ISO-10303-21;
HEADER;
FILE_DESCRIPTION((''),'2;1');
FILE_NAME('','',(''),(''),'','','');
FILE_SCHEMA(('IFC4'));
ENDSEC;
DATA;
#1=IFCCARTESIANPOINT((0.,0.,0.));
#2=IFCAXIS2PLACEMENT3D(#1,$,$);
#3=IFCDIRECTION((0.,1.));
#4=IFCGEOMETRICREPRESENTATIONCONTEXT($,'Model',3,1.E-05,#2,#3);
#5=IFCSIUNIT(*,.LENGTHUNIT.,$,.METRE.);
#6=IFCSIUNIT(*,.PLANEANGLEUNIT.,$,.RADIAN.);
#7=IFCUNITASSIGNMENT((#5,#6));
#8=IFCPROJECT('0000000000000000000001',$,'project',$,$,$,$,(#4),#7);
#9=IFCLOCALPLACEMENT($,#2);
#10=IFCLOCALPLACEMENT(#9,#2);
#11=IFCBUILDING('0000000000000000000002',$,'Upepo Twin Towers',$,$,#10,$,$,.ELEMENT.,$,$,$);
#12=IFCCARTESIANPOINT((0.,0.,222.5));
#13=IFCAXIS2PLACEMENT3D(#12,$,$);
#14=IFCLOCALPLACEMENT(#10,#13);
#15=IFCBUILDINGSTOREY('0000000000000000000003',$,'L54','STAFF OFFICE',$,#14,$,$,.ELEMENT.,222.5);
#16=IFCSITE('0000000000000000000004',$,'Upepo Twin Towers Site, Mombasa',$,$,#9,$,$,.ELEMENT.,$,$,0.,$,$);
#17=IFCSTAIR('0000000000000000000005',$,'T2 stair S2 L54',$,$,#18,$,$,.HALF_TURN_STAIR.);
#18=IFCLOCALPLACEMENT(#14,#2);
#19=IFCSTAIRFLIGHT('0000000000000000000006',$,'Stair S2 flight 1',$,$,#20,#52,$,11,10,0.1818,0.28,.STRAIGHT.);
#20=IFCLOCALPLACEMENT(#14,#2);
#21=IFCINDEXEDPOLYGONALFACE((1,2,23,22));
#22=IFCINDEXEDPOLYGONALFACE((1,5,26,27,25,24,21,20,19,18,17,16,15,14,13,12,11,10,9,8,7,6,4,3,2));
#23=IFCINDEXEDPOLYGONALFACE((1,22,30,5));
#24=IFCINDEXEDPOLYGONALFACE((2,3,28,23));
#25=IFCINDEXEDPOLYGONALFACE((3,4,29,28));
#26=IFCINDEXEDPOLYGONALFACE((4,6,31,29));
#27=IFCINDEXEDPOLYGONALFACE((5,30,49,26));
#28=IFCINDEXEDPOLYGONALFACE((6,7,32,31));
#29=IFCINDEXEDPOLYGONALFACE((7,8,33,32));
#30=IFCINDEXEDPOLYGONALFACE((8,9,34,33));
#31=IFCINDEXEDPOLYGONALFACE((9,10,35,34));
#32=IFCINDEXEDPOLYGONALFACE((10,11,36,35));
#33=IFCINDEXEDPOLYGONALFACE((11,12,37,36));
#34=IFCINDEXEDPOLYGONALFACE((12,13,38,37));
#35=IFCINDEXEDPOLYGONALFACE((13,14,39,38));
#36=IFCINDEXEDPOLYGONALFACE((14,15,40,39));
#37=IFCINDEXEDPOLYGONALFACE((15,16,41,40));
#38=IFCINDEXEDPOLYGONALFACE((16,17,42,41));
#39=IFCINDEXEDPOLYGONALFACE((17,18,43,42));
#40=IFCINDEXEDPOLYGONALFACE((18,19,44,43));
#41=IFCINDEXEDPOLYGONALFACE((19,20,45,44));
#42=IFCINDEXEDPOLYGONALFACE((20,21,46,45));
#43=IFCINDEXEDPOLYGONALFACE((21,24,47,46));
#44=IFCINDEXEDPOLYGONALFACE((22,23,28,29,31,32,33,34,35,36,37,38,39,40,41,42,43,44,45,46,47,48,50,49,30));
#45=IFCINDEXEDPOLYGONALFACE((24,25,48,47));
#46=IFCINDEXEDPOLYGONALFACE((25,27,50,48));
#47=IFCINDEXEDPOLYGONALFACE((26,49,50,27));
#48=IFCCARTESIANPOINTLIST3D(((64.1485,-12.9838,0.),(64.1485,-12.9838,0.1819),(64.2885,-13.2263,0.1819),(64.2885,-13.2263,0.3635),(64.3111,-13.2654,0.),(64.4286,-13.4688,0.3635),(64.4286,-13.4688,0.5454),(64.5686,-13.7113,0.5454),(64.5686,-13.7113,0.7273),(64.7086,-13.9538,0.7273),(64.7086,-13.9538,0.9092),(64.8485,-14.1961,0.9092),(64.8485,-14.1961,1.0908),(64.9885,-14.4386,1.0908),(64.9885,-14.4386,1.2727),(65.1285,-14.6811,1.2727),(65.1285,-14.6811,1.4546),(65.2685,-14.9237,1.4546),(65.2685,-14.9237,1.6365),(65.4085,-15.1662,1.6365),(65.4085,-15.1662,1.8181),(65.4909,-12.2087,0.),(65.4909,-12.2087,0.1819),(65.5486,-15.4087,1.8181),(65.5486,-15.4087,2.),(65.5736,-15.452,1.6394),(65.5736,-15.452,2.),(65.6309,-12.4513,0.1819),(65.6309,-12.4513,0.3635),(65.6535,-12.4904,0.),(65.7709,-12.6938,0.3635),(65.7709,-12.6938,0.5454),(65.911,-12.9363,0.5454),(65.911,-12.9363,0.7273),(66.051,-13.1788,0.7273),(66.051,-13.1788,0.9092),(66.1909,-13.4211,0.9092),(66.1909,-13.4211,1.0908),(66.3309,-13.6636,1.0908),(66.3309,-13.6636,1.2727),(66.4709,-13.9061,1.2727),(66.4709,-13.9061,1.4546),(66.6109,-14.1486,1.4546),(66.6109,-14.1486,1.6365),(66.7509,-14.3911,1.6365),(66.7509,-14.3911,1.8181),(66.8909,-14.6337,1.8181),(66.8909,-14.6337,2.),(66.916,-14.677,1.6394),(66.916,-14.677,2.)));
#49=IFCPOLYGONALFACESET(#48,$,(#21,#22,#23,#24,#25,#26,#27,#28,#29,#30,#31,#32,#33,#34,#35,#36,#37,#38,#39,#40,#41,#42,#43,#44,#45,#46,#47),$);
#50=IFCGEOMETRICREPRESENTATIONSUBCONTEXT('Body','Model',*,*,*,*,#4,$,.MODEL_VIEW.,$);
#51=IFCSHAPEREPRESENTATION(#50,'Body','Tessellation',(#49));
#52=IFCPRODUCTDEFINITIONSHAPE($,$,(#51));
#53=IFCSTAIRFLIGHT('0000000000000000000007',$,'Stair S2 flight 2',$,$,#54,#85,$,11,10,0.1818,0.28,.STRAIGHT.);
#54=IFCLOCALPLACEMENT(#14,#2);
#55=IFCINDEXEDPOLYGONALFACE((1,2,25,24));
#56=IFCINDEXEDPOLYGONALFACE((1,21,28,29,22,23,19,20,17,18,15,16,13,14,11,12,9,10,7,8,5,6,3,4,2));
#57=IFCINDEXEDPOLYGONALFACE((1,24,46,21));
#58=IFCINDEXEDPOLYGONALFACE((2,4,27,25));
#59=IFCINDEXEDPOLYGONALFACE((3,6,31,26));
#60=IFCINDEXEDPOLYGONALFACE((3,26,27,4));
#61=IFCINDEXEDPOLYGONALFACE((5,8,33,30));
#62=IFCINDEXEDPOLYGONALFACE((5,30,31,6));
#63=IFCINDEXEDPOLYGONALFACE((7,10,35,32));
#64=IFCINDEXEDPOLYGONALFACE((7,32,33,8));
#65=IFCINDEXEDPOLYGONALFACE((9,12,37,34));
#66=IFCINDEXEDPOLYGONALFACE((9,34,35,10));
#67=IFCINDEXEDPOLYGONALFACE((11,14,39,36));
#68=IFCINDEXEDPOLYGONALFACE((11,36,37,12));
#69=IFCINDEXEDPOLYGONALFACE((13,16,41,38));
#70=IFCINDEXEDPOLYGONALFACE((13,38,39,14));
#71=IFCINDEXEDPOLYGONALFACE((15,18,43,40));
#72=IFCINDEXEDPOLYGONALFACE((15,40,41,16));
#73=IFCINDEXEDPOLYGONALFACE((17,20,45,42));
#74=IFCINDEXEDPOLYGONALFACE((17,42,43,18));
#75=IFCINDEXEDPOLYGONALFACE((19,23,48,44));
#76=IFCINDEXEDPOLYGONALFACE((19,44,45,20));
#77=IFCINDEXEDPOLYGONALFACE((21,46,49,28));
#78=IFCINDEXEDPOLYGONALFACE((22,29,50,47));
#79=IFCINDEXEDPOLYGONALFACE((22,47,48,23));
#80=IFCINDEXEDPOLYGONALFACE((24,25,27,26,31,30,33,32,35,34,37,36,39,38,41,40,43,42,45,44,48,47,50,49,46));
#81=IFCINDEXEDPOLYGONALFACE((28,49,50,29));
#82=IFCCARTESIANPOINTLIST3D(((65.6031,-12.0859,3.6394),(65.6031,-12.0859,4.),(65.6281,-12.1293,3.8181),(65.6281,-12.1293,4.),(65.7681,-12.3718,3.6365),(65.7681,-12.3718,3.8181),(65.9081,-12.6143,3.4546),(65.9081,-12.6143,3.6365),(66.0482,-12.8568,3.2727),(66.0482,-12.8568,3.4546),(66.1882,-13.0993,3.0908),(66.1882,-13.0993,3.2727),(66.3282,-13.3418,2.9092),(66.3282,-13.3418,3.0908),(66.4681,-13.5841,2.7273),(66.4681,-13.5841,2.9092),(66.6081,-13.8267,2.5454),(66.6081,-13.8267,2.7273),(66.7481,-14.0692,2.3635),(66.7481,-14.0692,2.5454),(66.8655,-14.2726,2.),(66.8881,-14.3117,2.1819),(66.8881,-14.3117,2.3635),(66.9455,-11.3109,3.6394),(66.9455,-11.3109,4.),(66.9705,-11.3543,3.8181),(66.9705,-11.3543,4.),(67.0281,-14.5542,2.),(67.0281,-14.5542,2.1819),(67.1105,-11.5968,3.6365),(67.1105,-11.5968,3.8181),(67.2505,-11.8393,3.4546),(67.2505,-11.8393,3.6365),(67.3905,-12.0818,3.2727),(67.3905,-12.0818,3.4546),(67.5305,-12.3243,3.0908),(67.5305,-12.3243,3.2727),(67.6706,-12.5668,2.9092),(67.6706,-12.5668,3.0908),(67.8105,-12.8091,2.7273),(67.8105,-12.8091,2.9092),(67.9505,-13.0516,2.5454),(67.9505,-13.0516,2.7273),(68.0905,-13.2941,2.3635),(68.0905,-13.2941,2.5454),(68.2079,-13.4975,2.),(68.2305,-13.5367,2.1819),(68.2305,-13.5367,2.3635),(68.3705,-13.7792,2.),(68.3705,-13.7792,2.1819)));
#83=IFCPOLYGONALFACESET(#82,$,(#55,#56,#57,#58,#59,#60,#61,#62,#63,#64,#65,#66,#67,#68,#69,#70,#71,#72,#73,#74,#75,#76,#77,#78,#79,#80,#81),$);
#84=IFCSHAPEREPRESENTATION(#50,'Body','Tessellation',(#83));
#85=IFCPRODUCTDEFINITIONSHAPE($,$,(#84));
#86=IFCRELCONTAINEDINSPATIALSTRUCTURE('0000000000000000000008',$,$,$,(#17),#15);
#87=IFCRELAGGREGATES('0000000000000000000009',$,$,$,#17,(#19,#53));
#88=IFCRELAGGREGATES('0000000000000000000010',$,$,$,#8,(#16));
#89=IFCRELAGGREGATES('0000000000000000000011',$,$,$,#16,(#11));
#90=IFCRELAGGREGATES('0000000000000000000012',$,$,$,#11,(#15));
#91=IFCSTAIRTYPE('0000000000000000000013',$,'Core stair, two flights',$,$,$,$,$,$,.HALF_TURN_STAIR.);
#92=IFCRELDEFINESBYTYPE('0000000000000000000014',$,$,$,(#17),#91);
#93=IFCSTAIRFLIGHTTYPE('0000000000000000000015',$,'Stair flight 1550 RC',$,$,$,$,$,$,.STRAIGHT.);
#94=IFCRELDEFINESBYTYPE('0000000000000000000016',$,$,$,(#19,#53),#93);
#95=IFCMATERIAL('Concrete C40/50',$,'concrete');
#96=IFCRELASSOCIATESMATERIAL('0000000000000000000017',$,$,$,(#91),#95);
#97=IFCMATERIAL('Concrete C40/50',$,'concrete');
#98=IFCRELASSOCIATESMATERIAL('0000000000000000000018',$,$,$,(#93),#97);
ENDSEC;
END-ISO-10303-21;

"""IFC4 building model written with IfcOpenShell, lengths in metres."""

from ifc_helpers import new_model, si_unit, direction, frame, origin, place, context, subcontext, project, spatial, polyline, outline, extrude, material, type_object, element, aggregate, save


model = new_model("IFC4")

# Units and contexts
model_context = context("Model", 3, precision=1e-05, world=origin(), true_north=direction((0.0, 1.0)))
body_context = subcontext(model_context, "Body", "Model", "MODEL_VIEW")
ifc_project = project(units=[si_unit("LENGTHUNIT", "METRE"), si_unit("PLANEANGLEUNIT", "RADIAN")], contexts=[model_context])

# Site, building, storey
site_placement = place(None, origin())
site = spatial("IfcSite", under=ifc_project, at=site_placement, Name="Upepo Twin Towers Site, Mombasa", CompositionType="ELEMENT", RefElevation=0.0)
building_placement = place(site_placement, origin())
building = spatial("IfcBuilding", under=site, at=building_placement, Name="Upepo Twin Towers", CompositionType="ELEMENT")
storey_placement = place(building_placement, frame((0.0, 0.0, 222.5)))
storey = spatial("IfcBuildingStorey", under=building, at=storey_placement, Name="L54", Description="STAFF OFFICE", CompositionType="ELEMENT", Elevation=222.5)

# Stair, stair flights
ifc_material_1 = material(Name="Concrete C40/50", Category="concrete")
stair_type = type_object("IfcStairType", Name="Core stair, two flights", PredefinedType="HALF_TURN_STAIR", material=ifc_material_1)
stair_placement = place(storey_placement, origin())
stair = element("IfcStair", 1, at=stair_placement, inside=storey, type_object=stair_type, Name="T2 stair S2 L54", PredefinedType="HALF_TURN_STAIR")
ifc_material_2 = material(Name="Concrete C40/50", Category="concrete")
stair_flight_type = type_object("IfcStairFlightType", Name="Stair flight 1550 RC", PredefinedType="STRAIGHT", material=ifc_material_2)
stair_flight_1_placement = place(storey_placement, frame((64.8198, -12.5962, 0.0), z_axis=(0.0, 0.0, 1.0), x_axis=(0.5, -0.866025, 0.0)))
stair_flight_1 = element("IfcStairFlight", 2, at=stair_flight_1_placement, type_object=stair_flight_type, Name="Stair S2 flight 1", NumberOfRisers=11, NumberOfTreads=10, PredefinedType="STRAIGHT", RiserHeight=0.1818, TreadLength=0.28, context=body_context, shape_type="SweptSolid", body=[
    extrude(outline(polyline([(0.0, 0.0), (0.0, 0.1819), (0.28, 0.1819), (0.28, 0.3635), (0.5601, 0.3635), (0.5601, 0.5454), (0.8401, 0.5454), (0.8401, 0.7273), (1.1201, 0.7273), (1.1201, 0.9092), (1.3999, 0.9092), (1.3999, 1.0908), (1.6799, 1.0908), (1.6799, 1.2727), (1.96, 1.2727), (1.96, 1.4546), (2.24, 1.4546), (2.24, 1.6365), (2.52, 1.6365), (2.52, 1.8181), (2.8, 1.8181), (2.8, 2.0), (2.8501, 2.0), (2.8501, 1.6394), (0.3252, 0.0), (0.0, 0.0)])), frame((0.0, 0.7749, 0.0), z_axis=(0.0, -1.0, 0.0), x_axis=(1.0, 0.0, 0.0)), (0.0, 0.0, 1.0), 1.55),
])
stair_flight_2_placement = place(storey_placement, frame((67.6992, -14.1667, 2.0), z_axis=(0.0, 0.0, 1.0), x_axis=(-0.5, 0.866025, 0.0)))
stair_flight_2 = element("IfcStairFlight", 3, at=stair_flight_2_placement, type_object=stair_flight_type, Name="Stair S2 flight 2", NumberOfRisers=11, NumberOfTreads=10, PredefinedType="STRAIGHT", RiserHeight=0.1818, TreadLength=0.28, context=body_context, shape_type="SweptSolid", body=[
    extrude(outline(polyline([(0.0, 0.0), (0.0, 0.1819), (0.28, 0.1819), (0.28, 0.3635), (0.5601, 0.3635), (0.5601, 0.5454), (0.8401, 0.5454), (0.8401, 0.7273), (1.1201, 0.7273), (1.1201, 0.9092), (1.3999, 0.9092), (1.3999, 1.0908), (1.6799, 1.0908), (1.6799, 1.2727), (1.96, 1.2727), (1.96, 1.4546), (2.24, 1.4546), (2.24, 1.6365), (2.52, 1.6365), (2.52, 1.8181), (2.8, 1.8181), (2.8, 2.0), (2.8501, 2.0), (2.8501, 1.6394), (0.3252, 0.0), (0.0, 0.0)])), frame((0.0, 0.7749, 0.0), z_axis=(0.0, -1.0, 0.0), x_axis=(1.0, 0.0, 0.0)), (0.0, 0.0, 1.0), 1.55),
])
aggregate(stair, [stair_flight_1, stair_flight_2])

save(model, "model.ifc")
